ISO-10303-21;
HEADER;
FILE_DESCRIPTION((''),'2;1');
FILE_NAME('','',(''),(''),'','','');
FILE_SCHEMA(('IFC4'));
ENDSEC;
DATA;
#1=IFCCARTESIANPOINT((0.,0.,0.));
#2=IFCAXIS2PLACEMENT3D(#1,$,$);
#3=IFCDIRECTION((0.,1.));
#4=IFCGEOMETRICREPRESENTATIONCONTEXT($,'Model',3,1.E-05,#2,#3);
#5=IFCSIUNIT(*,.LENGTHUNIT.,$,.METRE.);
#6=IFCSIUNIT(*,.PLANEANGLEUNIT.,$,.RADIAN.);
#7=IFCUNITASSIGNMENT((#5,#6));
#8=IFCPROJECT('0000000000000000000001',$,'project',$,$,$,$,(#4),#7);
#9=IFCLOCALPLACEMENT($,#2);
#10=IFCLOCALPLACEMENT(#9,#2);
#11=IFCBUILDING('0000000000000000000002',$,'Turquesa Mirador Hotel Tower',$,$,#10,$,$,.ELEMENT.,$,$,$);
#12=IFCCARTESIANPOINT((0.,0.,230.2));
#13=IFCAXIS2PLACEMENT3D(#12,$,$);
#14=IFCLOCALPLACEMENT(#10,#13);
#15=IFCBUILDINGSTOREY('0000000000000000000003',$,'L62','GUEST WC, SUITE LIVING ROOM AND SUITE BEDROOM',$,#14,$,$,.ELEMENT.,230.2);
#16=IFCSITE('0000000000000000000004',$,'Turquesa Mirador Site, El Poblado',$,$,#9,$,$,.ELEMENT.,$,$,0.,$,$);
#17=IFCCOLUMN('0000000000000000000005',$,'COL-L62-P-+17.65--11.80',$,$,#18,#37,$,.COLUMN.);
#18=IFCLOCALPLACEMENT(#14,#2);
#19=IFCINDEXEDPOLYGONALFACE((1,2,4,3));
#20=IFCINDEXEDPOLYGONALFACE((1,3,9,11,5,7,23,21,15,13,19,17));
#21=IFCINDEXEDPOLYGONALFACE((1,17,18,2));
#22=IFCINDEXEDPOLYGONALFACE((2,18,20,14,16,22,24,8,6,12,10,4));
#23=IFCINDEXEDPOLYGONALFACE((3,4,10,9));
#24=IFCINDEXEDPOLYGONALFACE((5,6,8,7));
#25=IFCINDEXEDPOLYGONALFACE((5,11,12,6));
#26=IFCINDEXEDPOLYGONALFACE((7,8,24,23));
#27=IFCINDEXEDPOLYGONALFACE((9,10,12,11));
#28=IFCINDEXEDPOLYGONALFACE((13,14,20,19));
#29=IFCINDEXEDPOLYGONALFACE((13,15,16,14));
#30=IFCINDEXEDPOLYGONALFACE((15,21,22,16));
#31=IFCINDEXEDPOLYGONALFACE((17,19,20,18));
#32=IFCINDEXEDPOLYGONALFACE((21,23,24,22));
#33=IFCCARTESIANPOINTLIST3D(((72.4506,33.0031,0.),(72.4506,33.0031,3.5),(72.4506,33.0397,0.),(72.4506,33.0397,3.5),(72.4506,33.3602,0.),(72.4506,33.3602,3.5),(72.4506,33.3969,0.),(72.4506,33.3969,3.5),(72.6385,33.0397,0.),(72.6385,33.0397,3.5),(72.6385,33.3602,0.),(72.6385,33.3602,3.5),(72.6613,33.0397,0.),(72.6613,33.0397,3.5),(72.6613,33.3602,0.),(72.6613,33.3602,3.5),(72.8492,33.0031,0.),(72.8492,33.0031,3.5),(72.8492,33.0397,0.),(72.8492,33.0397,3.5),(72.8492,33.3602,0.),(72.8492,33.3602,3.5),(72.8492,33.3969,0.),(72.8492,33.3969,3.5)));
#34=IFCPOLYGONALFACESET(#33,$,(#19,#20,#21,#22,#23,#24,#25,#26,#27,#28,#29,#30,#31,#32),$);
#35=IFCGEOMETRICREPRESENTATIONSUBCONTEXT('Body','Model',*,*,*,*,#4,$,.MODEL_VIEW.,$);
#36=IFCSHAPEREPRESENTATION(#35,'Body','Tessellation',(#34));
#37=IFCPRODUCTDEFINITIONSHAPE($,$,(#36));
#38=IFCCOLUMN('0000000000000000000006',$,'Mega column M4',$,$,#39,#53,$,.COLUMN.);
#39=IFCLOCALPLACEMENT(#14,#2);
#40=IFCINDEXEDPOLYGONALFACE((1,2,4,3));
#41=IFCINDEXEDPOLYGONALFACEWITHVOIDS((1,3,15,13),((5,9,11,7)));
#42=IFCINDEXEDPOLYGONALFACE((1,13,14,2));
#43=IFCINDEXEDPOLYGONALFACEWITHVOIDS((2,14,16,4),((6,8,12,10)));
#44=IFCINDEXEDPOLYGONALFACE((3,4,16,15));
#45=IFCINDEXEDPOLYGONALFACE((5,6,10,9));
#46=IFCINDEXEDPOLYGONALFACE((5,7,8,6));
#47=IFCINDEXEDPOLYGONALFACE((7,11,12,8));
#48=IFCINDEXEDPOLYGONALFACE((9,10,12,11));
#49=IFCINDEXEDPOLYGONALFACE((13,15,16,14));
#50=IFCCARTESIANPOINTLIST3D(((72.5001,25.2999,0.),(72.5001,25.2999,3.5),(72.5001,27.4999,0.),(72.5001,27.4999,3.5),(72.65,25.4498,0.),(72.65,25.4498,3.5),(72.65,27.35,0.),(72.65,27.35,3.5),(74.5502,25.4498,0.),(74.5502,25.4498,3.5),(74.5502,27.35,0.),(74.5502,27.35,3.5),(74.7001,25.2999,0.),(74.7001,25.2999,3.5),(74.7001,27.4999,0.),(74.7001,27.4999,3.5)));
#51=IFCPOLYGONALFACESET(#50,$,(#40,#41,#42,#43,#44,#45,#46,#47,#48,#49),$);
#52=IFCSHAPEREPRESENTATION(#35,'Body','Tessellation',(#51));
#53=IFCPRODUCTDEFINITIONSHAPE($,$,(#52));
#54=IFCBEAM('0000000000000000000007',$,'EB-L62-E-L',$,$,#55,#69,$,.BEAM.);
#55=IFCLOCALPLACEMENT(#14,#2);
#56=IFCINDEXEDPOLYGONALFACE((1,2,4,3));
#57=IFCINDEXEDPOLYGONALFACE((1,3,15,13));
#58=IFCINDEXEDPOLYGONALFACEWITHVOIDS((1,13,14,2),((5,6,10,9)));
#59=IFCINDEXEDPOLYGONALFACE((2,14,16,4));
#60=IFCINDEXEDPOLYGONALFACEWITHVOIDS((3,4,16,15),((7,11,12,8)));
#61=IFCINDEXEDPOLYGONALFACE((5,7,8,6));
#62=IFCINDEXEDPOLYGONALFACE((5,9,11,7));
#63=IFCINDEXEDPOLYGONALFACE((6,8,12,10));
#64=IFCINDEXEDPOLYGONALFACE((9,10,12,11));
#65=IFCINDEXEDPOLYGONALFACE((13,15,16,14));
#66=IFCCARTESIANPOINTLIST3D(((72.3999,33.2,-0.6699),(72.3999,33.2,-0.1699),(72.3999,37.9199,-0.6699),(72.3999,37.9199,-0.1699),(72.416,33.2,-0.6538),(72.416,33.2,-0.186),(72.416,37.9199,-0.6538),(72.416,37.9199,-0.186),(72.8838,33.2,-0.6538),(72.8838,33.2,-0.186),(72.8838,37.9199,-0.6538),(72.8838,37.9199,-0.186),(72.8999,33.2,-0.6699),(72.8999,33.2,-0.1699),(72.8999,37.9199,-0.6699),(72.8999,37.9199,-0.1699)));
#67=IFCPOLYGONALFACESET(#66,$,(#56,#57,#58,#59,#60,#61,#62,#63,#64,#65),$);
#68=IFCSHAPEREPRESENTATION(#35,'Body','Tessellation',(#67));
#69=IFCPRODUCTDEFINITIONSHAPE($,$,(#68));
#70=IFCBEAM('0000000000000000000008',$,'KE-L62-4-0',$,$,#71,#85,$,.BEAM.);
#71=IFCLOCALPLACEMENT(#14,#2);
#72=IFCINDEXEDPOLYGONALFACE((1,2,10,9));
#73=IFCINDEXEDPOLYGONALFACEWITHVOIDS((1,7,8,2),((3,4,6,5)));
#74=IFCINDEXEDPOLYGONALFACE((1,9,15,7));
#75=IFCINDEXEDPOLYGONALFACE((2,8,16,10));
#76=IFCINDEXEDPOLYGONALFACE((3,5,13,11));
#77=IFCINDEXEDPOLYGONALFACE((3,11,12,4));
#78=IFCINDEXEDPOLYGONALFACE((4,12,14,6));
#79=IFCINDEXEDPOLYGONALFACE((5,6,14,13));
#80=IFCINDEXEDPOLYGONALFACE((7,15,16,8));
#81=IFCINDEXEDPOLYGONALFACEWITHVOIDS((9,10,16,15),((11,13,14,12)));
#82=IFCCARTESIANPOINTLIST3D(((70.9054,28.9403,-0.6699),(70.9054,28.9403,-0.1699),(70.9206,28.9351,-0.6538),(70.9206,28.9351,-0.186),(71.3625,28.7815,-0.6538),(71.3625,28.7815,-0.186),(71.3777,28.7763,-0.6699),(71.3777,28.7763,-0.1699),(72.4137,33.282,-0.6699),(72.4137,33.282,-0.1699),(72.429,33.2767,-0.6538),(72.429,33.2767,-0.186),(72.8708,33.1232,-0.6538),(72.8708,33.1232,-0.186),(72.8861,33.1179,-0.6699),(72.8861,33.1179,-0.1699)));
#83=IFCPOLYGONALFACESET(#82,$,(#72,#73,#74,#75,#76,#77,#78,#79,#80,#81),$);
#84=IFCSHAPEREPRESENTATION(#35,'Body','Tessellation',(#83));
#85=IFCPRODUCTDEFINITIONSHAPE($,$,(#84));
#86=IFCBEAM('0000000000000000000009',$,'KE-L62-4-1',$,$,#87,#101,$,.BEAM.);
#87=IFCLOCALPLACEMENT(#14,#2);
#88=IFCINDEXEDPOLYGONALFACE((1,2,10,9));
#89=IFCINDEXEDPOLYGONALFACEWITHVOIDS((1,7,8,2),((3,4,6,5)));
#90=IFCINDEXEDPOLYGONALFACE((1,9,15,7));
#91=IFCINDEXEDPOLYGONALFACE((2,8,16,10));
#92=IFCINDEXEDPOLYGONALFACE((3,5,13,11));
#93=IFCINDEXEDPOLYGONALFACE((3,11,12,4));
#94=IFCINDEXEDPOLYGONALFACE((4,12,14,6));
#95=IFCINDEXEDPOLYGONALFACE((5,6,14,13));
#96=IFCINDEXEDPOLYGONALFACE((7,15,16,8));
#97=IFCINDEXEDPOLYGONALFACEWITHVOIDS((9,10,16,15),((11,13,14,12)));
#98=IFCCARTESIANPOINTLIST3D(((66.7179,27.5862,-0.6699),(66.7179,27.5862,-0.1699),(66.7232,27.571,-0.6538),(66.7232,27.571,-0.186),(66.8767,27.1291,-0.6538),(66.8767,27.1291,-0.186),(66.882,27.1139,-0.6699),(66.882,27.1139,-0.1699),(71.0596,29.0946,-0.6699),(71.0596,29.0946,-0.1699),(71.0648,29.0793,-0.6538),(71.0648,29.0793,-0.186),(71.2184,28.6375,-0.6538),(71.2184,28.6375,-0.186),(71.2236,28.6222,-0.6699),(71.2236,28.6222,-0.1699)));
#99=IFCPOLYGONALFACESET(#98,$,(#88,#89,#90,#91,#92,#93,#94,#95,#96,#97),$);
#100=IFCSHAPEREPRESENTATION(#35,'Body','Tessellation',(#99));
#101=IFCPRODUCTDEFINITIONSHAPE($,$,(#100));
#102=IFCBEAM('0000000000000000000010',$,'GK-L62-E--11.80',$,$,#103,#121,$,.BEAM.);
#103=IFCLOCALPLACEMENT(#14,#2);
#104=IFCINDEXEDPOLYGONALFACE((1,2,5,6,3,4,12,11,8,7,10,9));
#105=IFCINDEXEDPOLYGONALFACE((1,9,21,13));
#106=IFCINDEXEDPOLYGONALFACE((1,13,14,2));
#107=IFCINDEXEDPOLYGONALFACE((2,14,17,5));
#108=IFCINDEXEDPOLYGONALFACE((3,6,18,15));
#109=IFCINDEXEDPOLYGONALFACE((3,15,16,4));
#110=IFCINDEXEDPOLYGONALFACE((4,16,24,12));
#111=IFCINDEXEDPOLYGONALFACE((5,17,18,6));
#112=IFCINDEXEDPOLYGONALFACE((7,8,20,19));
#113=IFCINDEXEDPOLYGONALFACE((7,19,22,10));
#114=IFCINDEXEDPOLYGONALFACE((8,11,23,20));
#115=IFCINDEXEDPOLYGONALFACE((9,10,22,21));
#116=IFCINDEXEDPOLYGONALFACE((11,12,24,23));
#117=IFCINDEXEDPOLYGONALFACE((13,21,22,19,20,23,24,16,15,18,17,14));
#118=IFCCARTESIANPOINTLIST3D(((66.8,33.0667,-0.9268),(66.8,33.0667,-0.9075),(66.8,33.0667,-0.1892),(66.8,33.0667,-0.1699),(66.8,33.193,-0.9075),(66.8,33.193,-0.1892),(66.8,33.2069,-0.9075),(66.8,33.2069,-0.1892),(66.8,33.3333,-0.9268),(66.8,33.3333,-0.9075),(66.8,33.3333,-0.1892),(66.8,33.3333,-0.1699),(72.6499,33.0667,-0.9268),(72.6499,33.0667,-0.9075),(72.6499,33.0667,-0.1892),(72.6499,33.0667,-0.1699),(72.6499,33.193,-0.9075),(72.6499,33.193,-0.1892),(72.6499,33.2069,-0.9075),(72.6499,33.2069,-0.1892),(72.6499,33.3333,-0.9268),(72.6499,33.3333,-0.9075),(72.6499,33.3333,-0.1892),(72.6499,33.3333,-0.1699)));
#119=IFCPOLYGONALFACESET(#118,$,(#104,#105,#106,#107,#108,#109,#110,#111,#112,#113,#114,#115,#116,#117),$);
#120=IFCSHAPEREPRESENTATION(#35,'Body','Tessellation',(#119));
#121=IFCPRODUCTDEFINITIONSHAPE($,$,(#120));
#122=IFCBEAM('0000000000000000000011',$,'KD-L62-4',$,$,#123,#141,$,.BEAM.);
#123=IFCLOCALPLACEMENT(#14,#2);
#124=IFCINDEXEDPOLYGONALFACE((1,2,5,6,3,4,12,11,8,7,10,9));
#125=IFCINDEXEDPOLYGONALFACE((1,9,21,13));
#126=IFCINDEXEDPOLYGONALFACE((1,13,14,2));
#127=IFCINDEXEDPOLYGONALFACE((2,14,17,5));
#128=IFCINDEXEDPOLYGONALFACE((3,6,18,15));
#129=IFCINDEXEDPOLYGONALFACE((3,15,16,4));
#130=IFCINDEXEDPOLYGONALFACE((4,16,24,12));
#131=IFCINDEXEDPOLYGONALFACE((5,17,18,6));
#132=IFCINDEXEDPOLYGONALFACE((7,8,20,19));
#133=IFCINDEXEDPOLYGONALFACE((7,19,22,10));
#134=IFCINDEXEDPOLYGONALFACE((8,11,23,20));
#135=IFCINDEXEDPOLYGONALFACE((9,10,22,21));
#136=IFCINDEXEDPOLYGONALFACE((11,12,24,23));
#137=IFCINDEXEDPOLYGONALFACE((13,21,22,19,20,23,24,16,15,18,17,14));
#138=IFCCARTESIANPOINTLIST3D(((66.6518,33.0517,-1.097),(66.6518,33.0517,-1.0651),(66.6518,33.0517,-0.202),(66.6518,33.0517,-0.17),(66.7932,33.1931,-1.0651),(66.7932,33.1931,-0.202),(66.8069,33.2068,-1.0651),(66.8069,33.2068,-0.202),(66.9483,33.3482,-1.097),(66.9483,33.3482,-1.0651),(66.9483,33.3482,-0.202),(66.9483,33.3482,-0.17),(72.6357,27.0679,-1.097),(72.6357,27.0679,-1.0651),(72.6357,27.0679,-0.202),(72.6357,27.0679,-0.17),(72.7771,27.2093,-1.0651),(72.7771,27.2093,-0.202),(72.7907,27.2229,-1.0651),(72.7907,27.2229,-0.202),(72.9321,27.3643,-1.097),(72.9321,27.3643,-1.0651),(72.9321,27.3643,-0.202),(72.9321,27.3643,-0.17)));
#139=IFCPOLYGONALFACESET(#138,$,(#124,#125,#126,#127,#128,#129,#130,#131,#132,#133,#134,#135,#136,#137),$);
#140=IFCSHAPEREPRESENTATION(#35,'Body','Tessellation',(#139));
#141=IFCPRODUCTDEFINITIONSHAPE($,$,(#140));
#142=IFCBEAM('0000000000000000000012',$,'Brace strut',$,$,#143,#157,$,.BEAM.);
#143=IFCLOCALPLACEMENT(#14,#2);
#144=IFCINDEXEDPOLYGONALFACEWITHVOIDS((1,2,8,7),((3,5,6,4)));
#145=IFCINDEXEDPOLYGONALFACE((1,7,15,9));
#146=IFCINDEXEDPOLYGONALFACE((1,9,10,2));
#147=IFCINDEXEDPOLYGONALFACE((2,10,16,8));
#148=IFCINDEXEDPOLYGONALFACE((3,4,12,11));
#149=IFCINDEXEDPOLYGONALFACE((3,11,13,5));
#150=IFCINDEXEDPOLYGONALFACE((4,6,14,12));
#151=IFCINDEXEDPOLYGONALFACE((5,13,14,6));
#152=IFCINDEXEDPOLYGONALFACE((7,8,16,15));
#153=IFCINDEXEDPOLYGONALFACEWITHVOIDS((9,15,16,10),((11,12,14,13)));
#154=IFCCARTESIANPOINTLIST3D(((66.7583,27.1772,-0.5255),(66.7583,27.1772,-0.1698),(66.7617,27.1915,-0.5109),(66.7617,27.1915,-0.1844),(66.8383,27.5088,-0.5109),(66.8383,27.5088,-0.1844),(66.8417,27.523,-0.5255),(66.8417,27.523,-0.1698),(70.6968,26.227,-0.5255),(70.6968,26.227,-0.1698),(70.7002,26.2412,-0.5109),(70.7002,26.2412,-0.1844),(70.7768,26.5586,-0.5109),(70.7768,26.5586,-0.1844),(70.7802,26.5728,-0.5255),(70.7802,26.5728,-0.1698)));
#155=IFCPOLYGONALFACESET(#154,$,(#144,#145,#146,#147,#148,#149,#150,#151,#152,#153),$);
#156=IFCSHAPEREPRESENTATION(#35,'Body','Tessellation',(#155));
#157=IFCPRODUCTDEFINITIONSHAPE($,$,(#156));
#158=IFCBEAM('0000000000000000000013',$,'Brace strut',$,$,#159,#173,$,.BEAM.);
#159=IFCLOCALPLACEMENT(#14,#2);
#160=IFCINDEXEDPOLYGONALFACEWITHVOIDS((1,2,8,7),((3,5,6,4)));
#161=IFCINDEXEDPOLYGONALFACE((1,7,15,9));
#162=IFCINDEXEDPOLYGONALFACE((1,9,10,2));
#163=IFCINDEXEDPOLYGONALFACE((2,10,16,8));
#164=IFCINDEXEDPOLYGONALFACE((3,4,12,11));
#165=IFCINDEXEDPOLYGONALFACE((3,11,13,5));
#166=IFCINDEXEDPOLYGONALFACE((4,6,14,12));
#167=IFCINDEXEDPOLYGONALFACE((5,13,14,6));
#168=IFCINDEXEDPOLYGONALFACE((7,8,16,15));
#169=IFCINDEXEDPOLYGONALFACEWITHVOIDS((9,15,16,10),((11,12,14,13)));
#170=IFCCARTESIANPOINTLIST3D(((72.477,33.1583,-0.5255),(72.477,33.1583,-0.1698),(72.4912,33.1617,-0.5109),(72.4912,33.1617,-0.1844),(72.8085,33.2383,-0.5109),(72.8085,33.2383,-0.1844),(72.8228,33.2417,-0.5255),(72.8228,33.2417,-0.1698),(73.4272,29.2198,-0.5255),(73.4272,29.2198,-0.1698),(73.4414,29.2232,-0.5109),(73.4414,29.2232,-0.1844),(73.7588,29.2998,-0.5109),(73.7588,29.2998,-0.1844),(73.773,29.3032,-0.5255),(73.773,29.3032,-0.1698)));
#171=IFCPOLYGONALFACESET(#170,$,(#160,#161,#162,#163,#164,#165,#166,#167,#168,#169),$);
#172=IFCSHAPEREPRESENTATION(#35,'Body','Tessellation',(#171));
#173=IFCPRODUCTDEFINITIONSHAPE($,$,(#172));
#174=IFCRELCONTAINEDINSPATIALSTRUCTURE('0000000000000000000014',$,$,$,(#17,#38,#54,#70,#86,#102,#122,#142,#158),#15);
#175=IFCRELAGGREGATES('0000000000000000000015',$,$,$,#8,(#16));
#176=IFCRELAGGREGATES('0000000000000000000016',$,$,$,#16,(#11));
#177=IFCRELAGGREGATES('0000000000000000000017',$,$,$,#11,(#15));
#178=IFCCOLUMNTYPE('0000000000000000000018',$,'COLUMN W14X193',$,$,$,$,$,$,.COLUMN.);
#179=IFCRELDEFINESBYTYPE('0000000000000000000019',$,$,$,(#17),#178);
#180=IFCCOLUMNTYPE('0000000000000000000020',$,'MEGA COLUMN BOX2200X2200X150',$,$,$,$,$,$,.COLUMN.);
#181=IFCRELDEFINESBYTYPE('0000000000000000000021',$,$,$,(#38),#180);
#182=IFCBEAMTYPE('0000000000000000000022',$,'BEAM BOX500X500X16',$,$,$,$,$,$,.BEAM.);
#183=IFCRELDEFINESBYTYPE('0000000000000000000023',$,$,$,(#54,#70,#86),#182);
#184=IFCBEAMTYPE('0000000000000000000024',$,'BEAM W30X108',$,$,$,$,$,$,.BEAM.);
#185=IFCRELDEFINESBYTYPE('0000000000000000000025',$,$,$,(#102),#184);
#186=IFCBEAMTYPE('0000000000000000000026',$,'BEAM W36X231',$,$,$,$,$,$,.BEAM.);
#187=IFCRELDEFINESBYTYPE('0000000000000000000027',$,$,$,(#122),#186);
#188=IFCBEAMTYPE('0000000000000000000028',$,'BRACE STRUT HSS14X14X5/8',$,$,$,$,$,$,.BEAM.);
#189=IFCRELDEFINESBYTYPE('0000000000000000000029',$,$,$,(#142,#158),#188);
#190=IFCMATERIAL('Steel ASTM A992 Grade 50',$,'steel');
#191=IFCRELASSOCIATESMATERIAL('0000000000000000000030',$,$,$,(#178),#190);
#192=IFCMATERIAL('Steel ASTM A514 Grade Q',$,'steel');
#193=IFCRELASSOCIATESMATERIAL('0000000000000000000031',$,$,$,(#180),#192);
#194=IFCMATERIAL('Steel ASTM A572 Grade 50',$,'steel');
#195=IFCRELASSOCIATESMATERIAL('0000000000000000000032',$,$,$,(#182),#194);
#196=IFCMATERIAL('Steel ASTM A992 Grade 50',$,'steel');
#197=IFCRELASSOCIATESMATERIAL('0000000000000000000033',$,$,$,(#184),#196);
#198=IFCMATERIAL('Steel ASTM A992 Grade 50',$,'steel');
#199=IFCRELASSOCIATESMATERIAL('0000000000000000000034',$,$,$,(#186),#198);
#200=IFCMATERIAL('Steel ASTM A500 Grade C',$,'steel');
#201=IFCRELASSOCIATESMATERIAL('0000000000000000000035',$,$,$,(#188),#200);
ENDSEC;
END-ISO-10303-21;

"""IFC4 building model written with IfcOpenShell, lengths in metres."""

from ifc_helpers import new_model, si_unit, direction, frame, origin, origin_2d, place, context, subcontext, project, spatial, hollow_rectangle, i_section, extrude, material, material_profile, profile_set, type_object, element, save


model = new_model("IFC4")

# Units and contexts
model_context = context("Model", 3, precision=1e-05, world=origin(), true_north=direction((0.0, 1.0)))
body_context = subcontext(model_context, "Body", "Model", "MODEL_VIEW")
ifc_project = project(units=[si_unit("LENGTHUNIT", "METRE"), si_unit("PLANEANGLEUNIT", "RADIAN")], contexts=[model_context])

# Site, building, storey
site_placement = place(None, origin())
site = spatial("IfcSite", under=ifc_project, at=site_placement, Name="Turquesa Mirador Site, El Poblado", CompositionType="ELEMENT", RefElevation=0.0)
building_placement = place(site_placement, origin())
building = spatial("IfcBuilding", under=site, at=building_placement, Name="Turquesa Mirador Hotel Tower", CompositionType="ELEMENT")
storey_placement = place(building_placement, frame((0.0, 0.0, 230.2)))
storey = spatial("IfcBuildingStorey", under=building, at=storey_placement, Name="L62", Description="GUEST WC, SUITE LIVING ROOM AND SUITE BEDROOM", CompositionType="ELEMENT", Elevation=230.2)

# Columns
ifc_material_1 = material(Name="Steel ASTM A992 Grade 50", Category="steel")
ifc_material_profile_1 = material_profile(ifc_material_1, i_section(OverallWidth=0.3987, OverallDepth=0.3938, WebThickness=0.0227, FlangeThickness=0.0366, at=origin_2d()), Name="W14X193")
ifc_profile_set_1 = profile_set([ifc_material_profile_1], Name="Steel ASTM A992 Grade 50")
column_type_1 = type_object("IfcColumnType", Name="COLUMN W14X193", PredefinedType="COLUMN", material=ifc_profile_set_1)
column_1_placement = place(storey_placement, frame((72.6499, 33.2, 0.0), z_axis=(0.0, 0.0, 1.0), x_axis=(1.0, 0.0, 0.0)))
element("IfcColumn", 1, at=column_1_placement, inside=storey, type_object=column_type_1, Name="COL-L62-P-+17.65--11.80", PredefinedType="COLUMN", context=body_context, shape_type="SweptSolid", body=[
    extrude(i_section(OverallWidth=0.3987, OverallDepth=0.3938, WebThickness=0.0227, FlangeThickness=0.0366, at=origin_2d()), origin(), (0.0, 0.0, 1.0), 3.5),
])
ifc_material_2 = material(Name="Steel ASTM A514 Grade Q", Category="steel")
ifc_material_profile_2 = material_profile(ifc_material_2, hollow_rectangle(XDim=2.2, YDim=2.2, WallThickness=0.1499, at=origin_2d()), Name="BOX2200X2200X150")
ifc_profile_set_2 = profile_set([ifc_material_profile_2], Name="Steel ASTM A514 Grade Q")
column_type_2 = type_object("IfcColumnType", Name="MEGA COLUMN BOX2200X2200X150", PredefinedType="COLUMN", material=ifc_profile_set_2)
column_2_placement = place(storey_placement, frame((73.6001, 26.3999, 0.0), z_axis=(0.0, 0.0, 1.0), x_axis=(1.0, 0.0, 0.0)))
element("IfcColumn", 2, at=column_2_placement, inside=storey, type_object=column_type_2, Name="Mega column M4", PredefinedType="COLUMN", context=body_context, shape_type="SweptSolid", body=[
    extrude(hollow_rectangle(XDim=2.2, YDim=2.2, WallThickness=0.1499, at=origin_2d()), origin(), (0.0, 0.0, 1.0), 3.5),
])

# Beams
ifc_material_3 = material(Name="Steel ASTM A572 Grade 50", Category="steel")
ifc_material_profile_3 = material_profile(ifc_material_3, hollow_rectangle(XDim=0.5, YDim=0.5, WallThickness=0.0161, at=origin_2d()), Name="BOX500X500X16")
ifc_profile_set_3 = profile_set([ifc_material_profile_3], Name="Steel ASTM A572 Grade 50")
beam_type_1 = type_object("IfcBeamType", Name="BEAM BOX500X500X16", PredefinedType="BEAM", material=ifc_profile_set_3)
beam_1_placement = place(storey_placement, frame((72.6499, 33.2, -0.4199), z_axis=(0.0, 1.0, 0.0), x_axis=(-1.0, 0.0, 0.0)))
element("IfcBeam", 3, at=beam_1_placement, inside=storey, type_object=beam_type_1, Name="EB-L62-E-L", PredefinedType="BEAM", context=body_context, shape_type="SweptSolid", body=[
    extrude(hollow_rectangle(XDim=0.5, YDim=0.5, WallThickness=0.0161, at=origin_2d()), origin(), (0.0, 0.0, 1.0), 4.72),
])
for number, where, z_axis, x_axis, name in (
    (4, (72.6499, 33.2, -0.4199), (-0.32817, -0.944619, 0.0), (0.944619, -0.32817, 0.0), "KE-L62-4-0"),
    (5, (71.1416, 28.8584, -0.4199), (-0.944619, -0.32817, 0.0), (0.32817, -0.944619, 0.0), "KE-L62-4-1"),
):
    element("IfcBeam", number, at=place(storey_placement, frame(where, z_axis=z_axis, x_axis=x_axis)), inside=storey, type_object=beam_type_1, Name=name, PredefinedType="BEAM", context=body_context, shape_type="SweptSolid", body=[
        extrude(hollow_rectangle(XDim=0.5, YDim=0.5, WallThickness=0.0161, at=origin_2d()), origin(), (0.0, 0.0, 1.0), 4.5962),
    ])
ifc_material_4 = material(Name="Steel ASTM A992 Grade 50", Category="steel")
ifc_material_profile_4 = material_profile(ifc_material_4, i_section(OverallWidth=0.2666, OverallDepth=0.7568, WebThickness=0.0139, FlangeThickness=0.0193, at=origin_2d()), Name="W30X108")
ifc_profile_set_4 = profile_set([ifc_material_profile_4], Name="Steel ASTM A992 Grade 50")
beam_type_2 = type_object("IfcBeamType", Name="BEAM W30X108", PredefinedType="BEAM", material=ifc_profile_set_4)
beam_2_placement = place(storey_placement, frame((72.6499, 33.2, -0.5483), z_axis=(-1.0, 0.0, 0.0), x_axis=(0.0, -1.0, 0.0)))
element("IfcBeam", 6, at=beam_2_placement, inside=storey, type_object=beam_type_2, Name="GK-L62-E--11.80", PredefinedType="BEAM", context=body_context, shape_type="SweptSolid", body=[
    extrude(i_section(OverallWidth=0.2666, OverallDepth=0.7568, WebThickness=0.0139, FlangeThickness=0.0193, at=origin_2d()), origin(), (0.0, 0.0, 1.0), 5.8499),
])
ifc_material_5 = material(Name="Steel ASTM A992 Grade 50", Category="steel")
ifc_material_profile_5 = material_profile(ifc_material_5, i_section(OverallWidth=0.4192, OverallDepth=0.927, WebThickness=0.0193, FlangeThickness=0.032, at=origin_2d()), Name="W36X231")
ifc_profile_set_5 = profile_set([ifc_material_profile_5], Name="Steel ASTM A992 Grade 50")
beam_type_3 = type_object("IfcBeamType", Name="BEAM W36X231", PredefinedType="BEAM", material=ifc_profile_set_5)
beam_3_placement = place(storey_placement, frame((66.8, 33.2, -0.6335), z_axis=(0.707107, -0.707107, 0.0), x_axis=(0.707107, 0.707107, 0.0)))
element("IfcBeam", 7, at=beam_3_placement, inside=storey, type_object=beam_type_3, Name="KD-L62-4", PredefinedType="BEAM", context=body_context, shape_type="SweptSolid", body=[
    extrude(i_section(OverallWidth=0.4192, OverallDepth=0.927, WebThickness=0.0193, FlangeThickness=0.032, at=origin_2d()), origin(), (0.0, 0.0, 1.0), 8.4624),
])
ifc_material_6 = material(Name="Steel ASTM A500 Grade C", Category="steel")
ifc_material_profile_6 = material_profile(ifc_material_6, hollow_rectangle(XDim=0.3557, YDim=0.3557, WallThickness=0.0146, at=origin_2d()), Name="HSS14X14X5/8")
ifc_profile_set_6 = profile_set([ifc_material_profile_6], Name="Steel ASTM A500 Grade C")
beam_type_4 = type_object("IfcBeamType", Name="BRACE STRUT HSS14X14X5/8", PredefinedType="BEAM", material=ifc_profile_set_6)
for number, where, z_axis, x_axis, name in (
    (8, (70.7385, 26.3999, -0.3477), (-0.972109, 0.234531, 0.0), (-0.234531, -0.972109, 0.0), "Brace strut"),
    (9, (73.6001, 29.2615, -0.3477), (-0.234531, 0.972109, 0.0), (-0.972109, -0.234531, 0.0), "Brace strut"),
):
    element("IfcBeam", number, at=place(storey_placement, frame(where, z_axis=z_axis, x_axis=x_axis)), inside=storey, type_object=beam_type_4, Name=name, PredefinedType="BEAM", context=body_context, shape_type="SweptSolid", body=[
        extrude(hollow_rectangle(XDim=0.3557, YDim=0.3557, WallThickness=0.0146, at=origin_2d()), origin(), (0.0, 0.0, 1.0), 4.0515),
    ])

save(model, "model.ifc")
